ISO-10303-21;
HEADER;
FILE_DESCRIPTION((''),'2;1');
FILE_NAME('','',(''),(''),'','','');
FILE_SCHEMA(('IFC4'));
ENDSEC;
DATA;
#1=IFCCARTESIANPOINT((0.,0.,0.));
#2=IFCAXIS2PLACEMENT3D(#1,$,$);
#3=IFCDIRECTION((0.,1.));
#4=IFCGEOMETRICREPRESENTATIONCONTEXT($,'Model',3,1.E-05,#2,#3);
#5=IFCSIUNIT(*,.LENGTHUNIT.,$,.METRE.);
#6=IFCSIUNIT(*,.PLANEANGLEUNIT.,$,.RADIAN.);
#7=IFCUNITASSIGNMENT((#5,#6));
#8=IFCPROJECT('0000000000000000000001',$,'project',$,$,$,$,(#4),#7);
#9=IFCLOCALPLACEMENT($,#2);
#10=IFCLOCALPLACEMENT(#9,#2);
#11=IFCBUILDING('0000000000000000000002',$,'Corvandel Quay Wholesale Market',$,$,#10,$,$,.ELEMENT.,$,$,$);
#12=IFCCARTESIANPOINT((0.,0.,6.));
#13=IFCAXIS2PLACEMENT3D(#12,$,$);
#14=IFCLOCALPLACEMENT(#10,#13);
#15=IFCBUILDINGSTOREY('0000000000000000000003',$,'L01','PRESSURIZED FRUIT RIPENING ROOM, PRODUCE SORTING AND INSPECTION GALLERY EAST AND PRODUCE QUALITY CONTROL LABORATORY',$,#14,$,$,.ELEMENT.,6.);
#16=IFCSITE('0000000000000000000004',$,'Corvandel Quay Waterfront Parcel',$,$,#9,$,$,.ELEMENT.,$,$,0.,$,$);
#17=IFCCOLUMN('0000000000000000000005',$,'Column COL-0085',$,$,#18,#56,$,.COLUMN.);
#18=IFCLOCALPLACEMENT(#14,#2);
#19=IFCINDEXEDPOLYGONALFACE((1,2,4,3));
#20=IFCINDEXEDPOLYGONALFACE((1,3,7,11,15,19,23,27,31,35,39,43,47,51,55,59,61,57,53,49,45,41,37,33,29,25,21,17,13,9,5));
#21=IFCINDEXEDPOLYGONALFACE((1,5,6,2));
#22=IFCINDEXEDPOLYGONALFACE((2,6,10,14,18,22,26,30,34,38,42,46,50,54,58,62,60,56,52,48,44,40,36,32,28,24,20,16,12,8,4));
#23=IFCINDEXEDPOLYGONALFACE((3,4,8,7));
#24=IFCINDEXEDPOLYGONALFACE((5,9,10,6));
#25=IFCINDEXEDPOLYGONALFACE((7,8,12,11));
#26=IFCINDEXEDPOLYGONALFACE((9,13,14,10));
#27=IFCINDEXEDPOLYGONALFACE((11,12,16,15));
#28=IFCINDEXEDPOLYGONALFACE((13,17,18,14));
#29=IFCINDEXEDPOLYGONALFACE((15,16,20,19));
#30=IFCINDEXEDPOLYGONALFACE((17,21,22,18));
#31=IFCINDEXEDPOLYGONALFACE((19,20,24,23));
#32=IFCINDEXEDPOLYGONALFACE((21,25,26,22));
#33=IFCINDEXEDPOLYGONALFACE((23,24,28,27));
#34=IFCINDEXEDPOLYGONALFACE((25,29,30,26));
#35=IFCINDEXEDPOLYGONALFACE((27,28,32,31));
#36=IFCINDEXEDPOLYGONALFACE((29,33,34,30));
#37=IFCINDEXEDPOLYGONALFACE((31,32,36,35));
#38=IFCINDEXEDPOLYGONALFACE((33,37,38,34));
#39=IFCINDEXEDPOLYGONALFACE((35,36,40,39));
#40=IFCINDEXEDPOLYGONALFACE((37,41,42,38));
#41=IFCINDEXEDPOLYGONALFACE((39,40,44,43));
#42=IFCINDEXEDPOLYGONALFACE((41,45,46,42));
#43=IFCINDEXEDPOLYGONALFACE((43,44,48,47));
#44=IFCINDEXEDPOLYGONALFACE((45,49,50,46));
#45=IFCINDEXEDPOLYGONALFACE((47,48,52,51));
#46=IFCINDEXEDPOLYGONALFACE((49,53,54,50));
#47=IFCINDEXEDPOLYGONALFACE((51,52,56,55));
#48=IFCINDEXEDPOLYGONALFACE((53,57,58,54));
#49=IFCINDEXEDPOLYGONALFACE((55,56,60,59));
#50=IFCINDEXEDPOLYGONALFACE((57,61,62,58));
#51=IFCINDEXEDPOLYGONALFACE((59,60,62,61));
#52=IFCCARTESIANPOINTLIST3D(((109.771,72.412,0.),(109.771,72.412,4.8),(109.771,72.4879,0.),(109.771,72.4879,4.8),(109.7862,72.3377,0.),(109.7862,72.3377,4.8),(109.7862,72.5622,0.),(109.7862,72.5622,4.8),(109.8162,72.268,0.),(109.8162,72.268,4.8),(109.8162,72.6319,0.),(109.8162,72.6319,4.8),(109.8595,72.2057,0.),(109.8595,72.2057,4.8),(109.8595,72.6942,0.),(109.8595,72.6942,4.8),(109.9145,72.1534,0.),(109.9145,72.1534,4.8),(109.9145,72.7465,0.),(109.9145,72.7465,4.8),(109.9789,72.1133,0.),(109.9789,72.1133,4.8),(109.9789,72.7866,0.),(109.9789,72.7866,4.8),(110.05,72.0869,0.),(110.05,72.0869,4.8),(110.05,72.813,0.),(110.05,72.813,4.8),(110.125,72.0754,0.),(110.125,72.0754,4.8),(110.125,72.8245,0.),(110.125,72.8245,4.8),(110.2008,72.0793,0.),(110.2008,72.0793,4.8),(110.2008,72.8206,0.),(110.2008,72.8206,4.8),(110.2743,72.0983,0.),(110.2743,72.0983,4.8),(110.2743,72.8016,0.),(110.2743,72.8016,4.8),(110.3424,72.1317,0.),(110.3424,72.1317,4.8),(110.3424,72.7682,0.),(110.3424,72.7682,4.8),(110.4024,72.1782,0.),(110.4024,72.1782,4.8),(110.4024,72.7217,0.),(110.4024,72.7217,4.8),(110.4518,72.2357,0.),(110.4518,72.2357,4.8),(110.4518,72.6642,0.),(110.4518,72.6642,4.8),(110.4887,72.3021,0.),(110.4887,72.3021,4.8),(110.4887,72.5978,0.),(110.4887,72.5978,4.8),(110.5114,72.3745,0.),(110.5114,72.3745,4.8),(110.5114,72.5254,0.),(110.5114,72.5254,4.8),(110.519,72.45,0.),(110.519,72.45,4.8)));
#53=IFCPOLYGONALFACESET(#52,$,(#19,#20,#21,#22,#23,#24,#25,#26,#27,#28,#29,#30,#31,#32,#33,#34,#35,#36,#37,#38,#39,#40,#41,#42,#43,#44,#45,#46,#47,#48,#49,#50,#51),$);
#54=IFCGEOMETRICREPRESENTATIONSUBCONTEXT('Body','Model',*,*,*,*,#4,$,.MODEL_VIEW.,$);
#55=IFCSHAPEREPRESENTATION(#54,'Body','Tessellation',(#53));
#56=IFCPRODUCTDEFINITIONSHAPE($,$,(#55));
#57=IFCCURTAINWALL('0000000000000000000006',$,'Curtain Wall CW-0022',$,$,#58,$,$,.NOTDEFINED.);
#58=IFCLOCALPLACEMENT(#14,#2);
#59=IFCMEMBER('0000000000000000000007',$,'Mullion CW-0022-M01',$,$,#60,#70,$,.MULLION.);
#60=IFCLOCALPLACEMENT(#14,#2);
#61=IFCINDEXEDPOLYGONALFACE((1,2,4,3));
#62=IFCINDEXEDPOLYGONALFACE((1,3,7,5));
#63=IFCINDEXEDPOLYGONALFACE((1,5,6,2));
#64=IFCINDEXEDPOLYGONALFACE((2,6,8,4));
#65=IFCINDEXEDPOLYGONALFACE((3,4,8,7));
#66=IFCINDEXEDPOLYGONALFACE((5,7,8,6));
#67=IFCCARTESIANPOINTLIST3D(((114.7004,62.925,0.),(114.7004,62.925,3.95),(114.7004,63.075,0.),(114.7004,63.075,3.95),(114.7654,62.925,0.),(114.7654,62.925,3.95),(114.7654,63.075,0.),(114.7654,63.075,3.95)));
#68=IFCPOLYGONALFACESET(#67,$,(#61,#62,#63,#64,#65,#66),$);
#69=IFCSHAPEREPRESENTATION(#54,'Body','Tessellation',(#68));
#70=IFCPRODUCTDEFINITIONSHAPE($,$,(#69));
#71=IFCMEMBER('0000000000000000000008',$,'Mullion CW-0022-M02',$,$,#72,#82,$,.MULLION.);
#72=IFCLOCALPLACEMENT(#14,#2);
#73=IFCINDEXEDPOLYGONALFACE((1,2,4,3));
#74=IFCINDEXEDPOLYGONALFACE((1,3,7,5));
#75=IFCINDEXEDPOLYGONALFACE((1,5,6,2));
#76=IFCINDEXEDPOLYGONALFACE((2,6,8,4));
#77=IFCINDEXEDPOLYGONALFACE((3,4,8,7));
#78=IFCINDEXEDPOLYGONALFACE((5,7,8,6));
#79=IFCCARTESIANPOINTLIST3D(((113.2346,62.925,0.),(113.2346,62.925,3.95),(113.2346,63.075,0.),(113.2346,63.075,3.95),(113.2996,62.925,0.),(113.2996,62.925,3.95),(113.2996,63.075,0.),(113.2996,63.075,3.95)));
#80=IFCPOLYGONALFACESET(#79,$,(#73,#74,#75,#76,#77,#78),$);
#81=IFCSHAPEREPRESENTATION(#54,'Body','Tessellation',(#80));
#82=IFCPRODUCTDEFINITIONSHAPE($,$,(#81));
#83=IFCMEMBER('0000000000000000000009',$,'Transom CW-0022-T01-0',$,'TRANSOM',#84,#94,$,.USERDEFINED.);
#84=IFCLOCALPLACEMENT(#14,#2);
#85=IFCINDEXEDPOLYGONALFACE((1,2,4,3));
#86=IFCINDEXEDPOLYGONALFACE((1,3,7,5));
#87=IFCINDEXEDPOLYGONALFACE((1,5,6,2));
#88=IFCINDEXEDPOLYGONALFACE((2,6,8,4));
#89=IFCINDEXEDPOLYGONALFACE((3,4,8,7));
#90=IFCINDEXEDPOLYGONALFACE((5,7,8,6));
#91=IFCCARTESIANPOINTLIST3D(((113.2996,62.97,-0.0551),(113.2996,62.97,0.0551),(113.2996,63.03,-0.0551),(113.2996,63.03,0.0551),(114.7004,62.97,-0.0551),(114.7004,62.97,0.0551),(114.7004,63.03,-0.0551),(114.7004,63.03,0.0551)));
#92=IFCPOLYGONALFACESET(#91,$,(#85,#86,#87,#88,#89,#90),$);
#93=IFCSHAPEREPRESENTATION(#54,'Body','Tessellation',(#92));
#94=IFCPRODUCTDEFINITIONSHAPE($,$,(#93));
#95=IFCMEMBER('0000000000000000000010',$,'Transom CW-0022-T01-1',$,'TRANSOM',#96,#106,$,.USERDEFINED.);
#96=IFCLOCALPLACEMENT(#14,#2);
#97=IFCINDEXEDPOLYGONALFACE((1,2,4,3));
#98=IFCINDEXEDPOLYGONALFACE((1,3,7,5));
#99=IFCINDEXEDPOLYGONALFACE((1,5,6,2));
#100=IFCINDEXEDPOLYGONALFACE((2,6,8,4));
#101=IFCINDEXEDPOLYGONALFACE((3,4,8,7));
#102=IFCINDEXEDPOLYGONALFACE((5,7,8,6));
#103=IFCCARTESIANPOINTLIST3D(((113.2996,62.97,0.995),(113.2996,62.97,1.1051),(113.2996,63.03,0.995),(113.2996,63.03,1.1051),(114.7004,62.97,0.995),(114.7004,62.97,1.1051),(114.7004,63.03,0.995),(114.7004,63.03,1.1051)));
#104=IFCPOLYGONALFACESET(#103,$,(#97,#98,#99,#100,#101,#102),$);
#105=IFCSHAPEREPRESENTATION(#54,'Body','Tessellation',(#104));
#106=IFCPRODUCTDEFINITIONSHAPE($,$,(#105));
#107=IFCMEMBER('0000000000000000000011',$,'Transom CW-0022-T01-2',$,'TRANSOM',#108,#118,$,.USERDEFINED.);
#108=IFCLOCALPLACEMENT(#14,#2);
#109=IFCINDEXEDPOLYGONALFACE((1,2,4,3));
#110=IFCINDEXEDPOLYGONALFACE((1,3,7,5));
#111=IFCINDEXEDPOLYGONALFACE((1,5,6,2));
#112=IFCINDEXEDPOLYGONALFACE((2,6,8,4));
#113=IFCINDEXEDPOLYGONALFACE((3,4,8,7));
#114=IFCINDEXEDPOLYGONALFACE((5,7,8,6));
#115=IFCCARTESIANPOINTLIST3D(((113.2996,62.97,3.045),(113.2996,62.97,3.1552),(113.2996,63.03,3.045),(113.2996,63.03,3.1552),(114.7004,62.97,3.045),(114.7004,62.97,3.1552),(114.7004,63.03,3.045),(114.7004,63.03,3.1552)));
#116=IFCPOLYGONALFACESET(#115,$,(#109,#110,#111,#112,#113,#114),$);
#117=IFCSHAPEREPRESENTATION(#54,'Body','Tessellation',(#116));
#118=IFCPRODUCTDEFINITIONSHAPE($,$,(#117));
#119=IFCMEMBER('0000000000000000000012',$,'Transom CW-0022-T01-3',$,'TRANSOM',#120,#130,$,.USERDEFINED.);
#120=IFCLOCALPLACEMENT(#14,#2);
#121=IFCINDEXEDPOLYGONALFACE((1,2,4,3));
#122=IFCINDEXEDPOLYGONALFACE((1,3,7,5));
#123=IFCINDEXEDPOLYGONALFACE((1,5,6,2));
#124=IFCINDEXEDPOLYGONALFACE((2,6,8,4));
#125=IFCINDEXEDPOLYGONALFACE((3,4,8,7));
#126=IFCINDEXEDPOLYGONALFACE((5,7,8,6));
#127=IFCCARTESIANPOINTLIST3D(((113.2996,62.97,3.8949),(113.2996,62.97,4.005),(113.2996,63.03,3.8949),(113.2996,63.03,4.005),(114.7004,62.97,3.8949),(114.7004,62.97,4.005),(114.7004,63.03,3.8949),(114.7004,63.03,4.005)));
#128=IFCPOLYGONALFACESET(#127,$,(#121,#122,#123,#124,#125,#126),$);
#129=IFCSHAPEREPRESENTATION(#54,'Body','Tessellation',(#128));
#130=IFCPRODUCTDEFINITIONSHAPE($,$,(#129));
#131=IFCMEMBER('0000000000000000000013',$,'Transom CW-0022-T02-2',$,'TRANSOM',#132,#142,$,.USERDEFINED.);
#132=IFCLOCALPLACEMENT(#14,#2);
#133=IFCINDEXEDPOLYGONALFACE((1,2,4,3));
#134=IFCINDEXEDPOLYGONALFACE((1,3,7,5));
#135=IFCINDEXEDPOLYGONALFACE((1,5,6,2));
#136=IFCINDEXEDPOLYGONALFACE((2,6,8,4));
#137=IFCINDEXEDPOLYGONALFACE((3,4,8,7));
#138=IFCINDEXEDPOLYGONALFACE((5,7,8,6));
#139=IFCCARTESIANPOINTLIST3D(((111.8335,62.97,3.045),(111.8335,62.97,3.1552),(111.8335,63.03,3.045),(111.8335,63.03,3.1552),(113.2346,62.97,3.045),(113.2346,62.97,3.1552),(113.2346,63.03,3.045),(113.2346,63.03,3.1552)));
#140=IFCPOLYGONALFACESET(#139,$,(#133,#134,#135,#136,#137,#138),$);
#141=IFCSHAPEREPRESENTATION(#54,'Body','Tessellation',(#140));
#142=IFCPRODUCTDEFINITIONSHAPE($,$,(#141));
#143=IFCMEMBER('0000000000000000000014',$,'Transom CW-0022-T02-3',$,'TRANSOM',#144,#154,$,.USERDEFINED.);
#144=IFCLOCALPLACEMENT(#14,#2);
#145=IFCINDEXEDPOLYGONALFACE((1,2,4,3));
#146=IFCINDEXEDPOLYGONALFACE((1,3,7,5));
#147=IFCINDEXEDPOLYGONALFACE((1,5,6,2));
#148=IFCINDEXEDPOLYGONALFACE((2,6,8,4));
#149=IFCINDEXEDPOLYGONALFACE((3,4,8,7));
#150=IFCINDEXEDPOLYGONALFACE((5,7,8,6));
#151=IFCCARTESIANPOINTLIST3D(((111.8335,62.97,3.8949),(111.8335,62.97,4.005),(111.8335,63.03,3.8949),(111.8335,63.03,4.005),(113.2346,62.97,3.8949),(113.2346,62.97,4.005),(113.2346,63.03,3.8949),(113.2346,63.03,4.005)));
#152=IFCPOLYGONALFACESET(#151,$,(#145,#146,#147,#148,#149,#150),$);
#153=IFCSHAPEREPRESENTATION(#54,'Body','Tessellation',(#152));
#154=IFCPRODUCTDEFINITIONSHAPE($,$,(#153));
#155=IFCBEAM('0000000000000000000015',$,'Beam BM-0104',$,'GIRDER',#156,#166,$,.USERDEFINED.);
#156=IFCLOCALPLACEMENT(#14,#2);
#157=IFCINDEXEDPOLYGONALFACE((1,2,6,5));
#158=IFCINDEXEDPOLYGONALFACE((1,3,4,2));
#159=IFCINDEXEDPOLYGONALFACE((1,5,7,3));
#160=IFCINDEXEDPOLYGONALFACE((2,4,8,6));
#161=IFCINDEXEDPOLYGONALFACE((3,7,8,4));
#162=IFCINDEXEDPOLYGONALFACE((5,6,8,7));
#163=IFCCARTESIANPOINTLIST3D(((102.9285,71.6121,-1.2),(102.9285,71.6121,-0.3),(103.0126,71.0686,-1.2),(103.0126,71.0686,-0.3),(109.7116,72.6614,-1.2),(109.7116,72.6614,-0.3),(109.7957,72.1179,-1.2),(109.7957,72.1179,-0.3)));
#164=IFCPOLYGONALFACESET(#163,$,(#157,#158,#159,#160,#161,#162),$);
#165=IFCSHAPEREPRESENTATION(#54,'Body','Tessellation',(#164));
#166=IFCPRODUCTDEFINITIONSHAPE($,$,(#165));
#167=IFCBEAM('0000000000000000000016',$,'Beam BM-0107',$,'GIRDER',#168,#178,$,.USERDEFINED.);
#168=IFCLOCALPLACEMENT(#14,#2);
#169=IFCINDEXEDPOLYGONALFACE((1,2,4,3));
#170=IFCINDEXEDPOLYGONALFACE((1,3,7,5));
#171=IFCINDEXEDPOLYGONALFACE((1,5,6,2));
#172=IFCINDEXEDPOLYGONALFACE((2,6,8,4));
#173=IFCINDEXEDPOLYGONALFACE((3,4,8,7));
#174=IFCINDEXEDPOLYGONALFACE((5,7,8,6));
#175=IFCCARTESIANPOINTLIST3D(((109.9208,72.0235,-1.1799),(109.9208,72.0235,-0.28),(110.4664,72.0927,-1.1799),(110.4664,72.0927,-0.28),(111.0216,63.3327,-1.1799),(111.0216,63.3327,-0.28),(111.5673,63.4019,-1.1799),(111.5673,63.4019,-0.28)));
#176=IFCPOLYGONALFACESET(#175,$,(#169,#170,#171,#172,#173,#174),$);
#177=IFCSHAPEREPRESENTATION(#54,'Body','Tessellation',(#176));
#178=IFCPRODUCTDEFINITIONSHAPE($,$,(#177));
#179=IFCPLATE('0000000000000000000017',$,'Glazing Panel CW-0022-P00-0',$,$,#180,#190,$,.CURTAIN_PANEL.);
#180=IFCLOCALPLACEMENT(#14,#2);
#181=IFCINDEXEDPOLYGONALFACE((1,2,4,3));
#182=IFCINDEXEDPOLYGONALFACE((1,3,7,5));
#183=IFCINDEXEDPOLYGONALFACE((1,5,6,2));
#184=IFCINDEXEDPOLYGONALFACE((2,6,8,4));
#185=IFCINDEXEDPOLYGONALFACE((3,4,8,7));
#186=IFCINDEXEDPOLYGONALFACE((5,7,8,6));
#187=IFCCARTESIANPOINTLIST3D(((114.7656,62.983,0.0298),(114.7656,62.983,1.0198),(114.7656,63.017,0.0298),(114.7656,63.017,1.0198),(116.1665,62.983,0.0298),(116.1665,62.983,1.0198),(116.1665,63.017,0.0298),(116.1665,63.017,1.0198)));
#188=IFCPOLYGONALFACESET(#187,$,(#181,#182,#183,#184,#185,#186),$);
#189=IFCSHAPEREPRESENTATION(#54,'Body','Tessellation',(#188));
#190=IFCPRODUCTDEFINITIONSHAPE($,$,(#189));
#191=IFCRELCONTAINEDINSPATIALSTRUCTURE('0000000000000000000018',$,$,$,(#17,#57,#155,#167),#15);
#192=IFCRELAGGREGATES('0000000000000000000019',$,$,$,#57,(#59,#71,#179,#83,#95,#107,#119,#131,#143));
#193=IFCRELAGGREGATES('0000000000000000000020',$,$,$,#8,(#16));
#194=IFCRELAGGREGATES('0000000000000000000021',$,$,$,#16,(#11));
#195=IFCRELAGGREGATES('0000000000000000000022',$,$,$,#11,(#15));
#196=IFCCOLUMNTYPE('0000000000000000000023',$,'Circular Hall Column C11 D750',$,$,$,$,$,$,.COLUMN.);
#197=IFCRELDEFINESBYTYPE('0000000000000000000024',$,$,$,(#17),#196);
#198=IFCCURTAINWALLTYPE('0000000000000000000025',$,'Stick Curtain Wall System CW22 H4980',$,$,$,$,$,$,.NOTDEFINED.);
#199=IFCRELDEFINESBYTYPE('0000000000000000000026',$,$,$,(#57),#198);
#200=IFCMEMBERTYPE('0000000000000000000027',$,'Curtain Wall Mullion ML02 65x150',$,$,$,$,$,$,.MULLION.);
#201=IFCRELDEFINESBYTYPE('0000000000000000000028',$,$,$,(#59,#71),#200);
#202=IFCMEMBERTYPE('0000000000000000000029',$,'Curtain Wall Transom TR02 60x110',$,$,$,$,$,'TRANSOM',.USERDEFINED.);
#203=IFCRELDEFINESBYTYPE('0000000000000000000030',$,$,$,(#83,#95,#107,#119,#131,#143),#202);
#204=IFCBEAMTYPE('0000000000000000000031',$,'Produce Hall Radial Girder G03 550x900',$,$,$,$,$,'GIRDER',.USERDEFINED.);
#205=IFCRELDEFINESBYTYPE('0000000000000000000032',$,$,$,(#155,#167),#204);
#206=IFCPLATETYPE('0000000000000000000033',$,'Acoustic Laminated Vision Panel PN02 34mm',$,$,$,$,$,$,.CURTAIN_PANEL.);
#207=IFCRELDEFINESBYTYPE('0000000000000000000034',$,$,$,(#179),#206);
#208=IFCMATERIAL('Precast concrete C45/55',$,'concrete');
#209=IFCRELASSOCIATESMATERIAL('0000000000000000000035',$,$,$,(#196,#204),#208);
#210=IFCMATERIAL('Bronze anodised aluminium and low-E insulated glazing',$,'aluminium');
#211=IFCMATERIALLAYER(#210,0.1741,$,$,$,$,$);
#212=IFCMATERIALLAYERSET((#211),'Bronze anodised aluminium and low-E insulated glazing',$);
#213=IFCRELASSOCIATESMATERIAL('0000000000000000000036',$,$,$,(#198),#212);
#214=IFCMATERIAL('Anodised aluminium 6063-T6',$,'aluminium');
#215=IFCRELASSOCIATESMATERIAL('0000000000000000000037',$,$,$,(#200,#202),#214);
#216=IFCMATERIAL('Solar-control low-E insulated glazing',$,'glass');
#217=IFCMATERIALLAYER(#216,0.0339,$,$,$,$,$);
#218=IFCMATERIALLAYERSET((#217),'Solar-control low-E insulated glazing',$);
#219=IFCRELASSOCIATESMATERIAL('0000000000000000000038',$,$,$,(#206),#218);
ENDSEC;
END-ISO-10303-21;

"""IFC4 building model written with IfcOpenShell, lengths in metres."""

from ifc_helpers import new_model, si_unit, direction, frame, origin, origin_2d, place, context, subcontext, project, spatial, rectangle, circle, extrude, material, layer, layer_set, material_profile, profile_set, type_object, element, aggregate, save


model = new_model("IFC4")

# Units and contexts
model_context = context("Model", 3, precision=1e-05, world=origin(), true_north=direction((0.0, 1.0)))
body_context = subcontext(model_context, "Body", "Model", "MODEL_VIEW")
ifc_project = project(units=[si_unit("LENGTHUNIT", "METRE"), si_unit("PLANEANGLEUNIT", "RADIAN")], contexts=[model_context])

# Site, building, storey
site_placement = place(None, origin())
site = spatial("IfcSite", under=ifc_project, at=site_placement, Name="Corvandel Quay Waterfront Parcel", CompositionType="ELEMENT", RefElevation=0.0)
building_placement = place(site_placement, origin())
building = spatial("IfcBuilding", under=site, at=building_placement, Name="Corvandel Quay Wholesale Market", CompositionType="ELEMENT")
storey_placement = place(building_placement, frame((0.0, 0.0, 6.0)))
storey = spatial("IfcBuildingStorey", under=building, at=storey_placement, Name="L01", Description="PRESSURIZED FRUIT RIPENING ROOM, PRODUCE SORTING AND INSPECTION GALLERY EAST AND PRODUCE QUALITY CONTROL LABORATORY", CompositionType="ELEMENT", Elevation=6.0)

# Column
ifc_material_1 = material(Name="Precast concrete C45/55", Category="concrete")
ifc_material_profile_1 = material_profile(ifc_material_1, circle(Radius=0.375, at=origin_2d()), Name="PC-COL-D750")
ifc_profile_set_1 = profile_set([ifc_material_profile_1], Name="Precast concrete C45/55")
column_type = type_object("IfcColumnType", Name="Circular Hall Column C11 D750", PredefinedType="COLUMN", material=ifc_profile_set_1)
column_placement = place(storey_placement, frame((110.144, 72.45, 0.0), z_axis=(0.0, 0.0, 1.0), x_axis=(1.0, 0.0, 0.0)))
element("IfcColumn", 1, at=column_placement, inside=storey, type_object=column_type, Name="Column COL-0085", PredefinedType="COLUMN", context=body_context, shape_type="SweptSolid", body=[
    extrude(circle(Radius=0.375, at=origin_2d()), origin(), (0.0, 0.0, 1.0), 4.8),
])

# Curtain wall, members
ifc_material_2 = material(Name="Bronze anodised aluminium and low-E insulated glazing", Category="aluminium")
ifc_layer_1 = layer(ifc_material_2, 0.1741)
ifc_layer_set_1 = layer_set([ifc_layer_1], Name="Bronze anodised aluminium and low-E insulated glazing")
curtain_wall_type = type_object("IfcCurtainWallType", Name="Stick Curtain Wall System CW22 H4980", PredefinedType="NOTDEFINED", material=ifc_layer_set_1)
curtain_wall_placement = place(storey_placement, origin())
curtain_wall = element("IfcCurtainWall", 2, at=curtain_wall_placement, inside=storey, type_object=curtain_wall_type, Name="Curtain Wall CW-0022", PredefinedType="NOTDEFINED")
ifc_material_3 = material(Name="Anodised aluminium 6063-T6", Category="aluminium")
ifc_material_profile_2 = material_profile(ifc_material_3, rectangle(XDim=0.0649, YDim=0.1499, at=origin_2d()), Name="ALU-MUL-65x150")
ifc_profile_set_2 = profile_set([ifc_material_profile_2], Name="Anodised aluminium 6063-T6")
member_type_1 = type_object("IfcMemberType", Name="Curtain Wall Mullion ML02 65x150", PredefinedType="MULLION", material=ifc_profile_set_2)
member_1_placement = place(storey_placement, frame((114.7329, 63.0, 0.0), z_axis=(0.0, 0.0, 1.0), x_axis=(1.0, 0.0, 0.0)))
member_1 = element("IfcMember", 3, at=member_1_placement, type_object=member_type_1, Name="Mullion CW-0022-M01", PredefinedType="MULLION", context=body_context, shape_type="SweptSolid", body=[
    extrude(rectangle(XDim=0.0649, YDim=0.1499, at=origin_2d()), origin(), (0.0, 0.0, 1.0), 3.95),
])
member_2_placement = place(storey_placement, frame((113.2671, 63.0, 0.0), z_axis=(0.0, 0.0, 1.0), x_axis=(1.0, 0.0, 0.0)))
member_2 = element("IfcMember", 4, at=member_2_placement, type_object=member_type_1, Name="Mullion CW-0022-M02", PredefinedType="MULLION", context=body_context, shape_type="SweptSolid", body=[
    extrude(rectangle(XDim=0.0649, YDim=0.1499, at=origin_2d()), origin(), (0.0, 0.0, 1.0), 3.95),
])
ifc_material_profile_3 = material_profile(ifc_material_3, rectangle(XDim=0.0601, YDim=0.1101, at=origin_2d()), Name="ALU-TRN-60x110")
ifc_profile_set_3 = profile_set([ifc_material_profile_3], Name="Anodised aluminium 6063-T6")
member_type_2 = type_object("IfcMemberType", Name="Curtain Wall Transom TR02 60x110", ElementType="TRANSOM", PredefinedType="USERDEFINED", material=ifc_profile_set_3)
member_3_placement = place(storey_placement, frame((114.7004, 63.0, 0.0), z_axis=(-1.0, 0.0, 0.0), x_axis=(0.0, -1.0, 0.0)))
member_3 = element("IfcMember", 5, at=member_3_placement, type_object=member_type_2, Name="Transom CW-0022-T01-0", ObjectType="TRANSOM", PredefinedType="USERDEFINED", context=body_context, shape_type="SweptSolid", body=[
    extrude(rectangle(XDim=0.0601, YDim=0.1101, at=origin_2d()), origin(), (0.0, 0.0, 1.0), 1.4009),
])
member_4_placement = place(storey_placement, frame((114.7004, 63.0, 1.05), z_axis=(-1.0, 0.0, 0.0), x_axis=(0.0, -1.0, 0.0)))
member_4 = element("IfcMember", 6, at=member_4_placement, type_object=member_type_2, Name="Transom CW-0022-T01-1", ObjectType="TRANSOM", PredefinedType="USERDEFINED", context=body_context, shape_type="SweptSolid", body=[
    extrude(rectangle(XDim=0.0601, YDim=0.1101, at=origin_2d()), origin(), (0.0, 0.0, 1.0), 1.4009),
])
member_5_placement = place(storey_placement, frame((114.7004, 63.0, 3.1001), z_axis=(-1.0, 0.0, 0.0), x_axis=(0.0, -1.0, 0.0)))
member_5 = element("IfcMember", 7, at=member_5_placement, type_object=member_type_2, Name="Transom CW-0022-T01-2", ObjectType="TRANSOM", PredefinedType="USERDEFINED", context=body_context, shape_type="SweptSolid", body=[
    extrude(rectangle(XDim=0.0601, YDim=0.1101, at=origin_2d()), origin(), (0.0, 0.0, 1.0), 1.4009),
])
member_6_placement = place(storey_placement, frame((114.7004, 63.0, 3.95), z_axis=(-1.0, 0.0, 0.0), x_axis=(0.0, -1.0, 0.0)))
member_6 = element("IfcMember", 8, at=member_6_placement, type_object=member_type_2, Name="Transom CW-0022-T01-3", ObjectType="TRANSOM", PredefinedType="USERDEFINED", context=body_context, shape_type="SweptSolid", body=[
    extrude(rectangle(XDim=0.0601, YDim=0.1101, at=origin_2d()), origin(), (0.0, 0.0, 1.0), 1.4009),
])
member_7_placement = place(storey_placement, frame((113.2346, 63.0, 3.1001), z_axis=(-1.0, 0.0, 0.0), x_axis=(0.0, -1.0, 0.0)))
member_7 = element("IfcMember", 9, at=member_7_placement, type_object=member_type_2, Name="Transom CW-0022-T02-2", ObjectType="TRANSOM", PredefinedType="USERDEFINED", context=body_context, shape_type="SweptSolid", body=[
    extrude(rectangle(XDim=0.0601, YDim=0.1101, at=origin_2d()), origin(), (0.0, 0.0, 1.0), 1.4011),
])
member_8_placement = place(storey_placement, frame((113.2346, 63.0, 3.95), z_axis=(-1.0, 0.0, 0.0), x_axis=(0.0, -1.0, 0.0)))
member_8 = element("IfcMember", 10, at=member_8_placement, type_object=member_type_2, Name="Transom CW-0022-T02-3", ObjectType="TRANSOM", PredefinedType="USERDEFINED", context=body_context, shape_type="SweptSolid", body=[
    extrude(rectangle(XDim=0.0601, YDim=0.1101, at=origin_2d()), origin(), (0.0, 0.0, 1.0), 1.4011),
])

# Beams
ifc_material_profile_4 = material_profile(ifc_material_1, rectangle(XDim=0.55, YDim=0.8999, at=origin_2d()), Name="PC-GIR-550x900")
ifc_profile_set_4 = profile_set([ifc_material_profile_4], Name="Precast concrete C45/55")
beam_type = type_object("IfcBeamType", Name="Produce Hall Radial Girder G03 550x900", ElementType="GIRDER", PredefinedType="USERDEFINED", material=ifc_profile_set_4)
beam_1_placement = place(storey_placement, frame((109.7537, 72.3896, -0.75), z_axis=(-0.988246, -0.152875, 0.0), x_axis=(0.152875, -0.988246, 0.0)))
element("IfcBeam", 11, at=beam_1_placement, inside=storey, type_object=beam_type, Name="Beam BM-0104", ObjectType="GIRDER", PredefinedType="USERDEFINED", context=body_context, shape_type="SweptSolid", body=[
    extrude(rectangle(XDim=0.55, YDim=0.8999, at=origin_2d()), origin(), (0.0, 0.0, 1.0), 6.8638),
])
beam_2_placement = place(storey_placement, frame((110.1936, 72.0581, -0.73), z_axis=(0.12566, -0.992073, 0.0), x_axis=(0.992073, 0.12566, 0.0)))
element("IfcBeam", 12, at=beam_2_placement, inside=storey, type_object=beam_type, Name="Beam BM-0107", ObjectType="GIRDER", PredefinedType="USERDEFINED", context=body_context, shape_type="SweptSolid", body=[
    extrude(rectangle(XDim=0.55, YDim=0.8999, at=origin_2d()), origin(), (0.0, 0.0, 1.0), 8.7603),
])

# Plate
ifc_material_4 = material(Name="Solar-control low-E insulated glazing", Category="glass")
ifc_layer_2 = layer(ifc_material_4, 0.0339)
ifc_layer_set_2 = layer_set([ifc_layer_2], Name="Solar-control low-E insulated glazing")
plate_type_1 = type_object("IfcPlateType", Name="Acoustic Laminated Vision Panel PN02 34mm", PredefinedType="CURTAIN_PANEL", material=ifc_layer_set_2)
plate_1_placement = place(storey_placement, frame((115.4661, 63.0, 0.0298), z_axis=(0.0, 0.0, 1.0), x_axis=(1.0, 0.0, 0.0)))
plate_1 = element("IfcPlate", 13, at=plate_1_placement, type_object=plate_type_1, Name="Glazing Panel CW-0022-P00-0", PredefinedType="CURTAIN_PANEL", context=body_context, shape_type="SweptSolid", body=[
    extrude(rectangle(XDim=1.4009, YDim=0.0339, at=origin_2d()), origin(), (0.0, 0.0, 1.0), 0.99),
])
aggregate(curtain_wall, [member_1, member_2, plate_1, member_3, member_4, member_5, member_6, member_7, member_8])

save(model, "model.ifc")
